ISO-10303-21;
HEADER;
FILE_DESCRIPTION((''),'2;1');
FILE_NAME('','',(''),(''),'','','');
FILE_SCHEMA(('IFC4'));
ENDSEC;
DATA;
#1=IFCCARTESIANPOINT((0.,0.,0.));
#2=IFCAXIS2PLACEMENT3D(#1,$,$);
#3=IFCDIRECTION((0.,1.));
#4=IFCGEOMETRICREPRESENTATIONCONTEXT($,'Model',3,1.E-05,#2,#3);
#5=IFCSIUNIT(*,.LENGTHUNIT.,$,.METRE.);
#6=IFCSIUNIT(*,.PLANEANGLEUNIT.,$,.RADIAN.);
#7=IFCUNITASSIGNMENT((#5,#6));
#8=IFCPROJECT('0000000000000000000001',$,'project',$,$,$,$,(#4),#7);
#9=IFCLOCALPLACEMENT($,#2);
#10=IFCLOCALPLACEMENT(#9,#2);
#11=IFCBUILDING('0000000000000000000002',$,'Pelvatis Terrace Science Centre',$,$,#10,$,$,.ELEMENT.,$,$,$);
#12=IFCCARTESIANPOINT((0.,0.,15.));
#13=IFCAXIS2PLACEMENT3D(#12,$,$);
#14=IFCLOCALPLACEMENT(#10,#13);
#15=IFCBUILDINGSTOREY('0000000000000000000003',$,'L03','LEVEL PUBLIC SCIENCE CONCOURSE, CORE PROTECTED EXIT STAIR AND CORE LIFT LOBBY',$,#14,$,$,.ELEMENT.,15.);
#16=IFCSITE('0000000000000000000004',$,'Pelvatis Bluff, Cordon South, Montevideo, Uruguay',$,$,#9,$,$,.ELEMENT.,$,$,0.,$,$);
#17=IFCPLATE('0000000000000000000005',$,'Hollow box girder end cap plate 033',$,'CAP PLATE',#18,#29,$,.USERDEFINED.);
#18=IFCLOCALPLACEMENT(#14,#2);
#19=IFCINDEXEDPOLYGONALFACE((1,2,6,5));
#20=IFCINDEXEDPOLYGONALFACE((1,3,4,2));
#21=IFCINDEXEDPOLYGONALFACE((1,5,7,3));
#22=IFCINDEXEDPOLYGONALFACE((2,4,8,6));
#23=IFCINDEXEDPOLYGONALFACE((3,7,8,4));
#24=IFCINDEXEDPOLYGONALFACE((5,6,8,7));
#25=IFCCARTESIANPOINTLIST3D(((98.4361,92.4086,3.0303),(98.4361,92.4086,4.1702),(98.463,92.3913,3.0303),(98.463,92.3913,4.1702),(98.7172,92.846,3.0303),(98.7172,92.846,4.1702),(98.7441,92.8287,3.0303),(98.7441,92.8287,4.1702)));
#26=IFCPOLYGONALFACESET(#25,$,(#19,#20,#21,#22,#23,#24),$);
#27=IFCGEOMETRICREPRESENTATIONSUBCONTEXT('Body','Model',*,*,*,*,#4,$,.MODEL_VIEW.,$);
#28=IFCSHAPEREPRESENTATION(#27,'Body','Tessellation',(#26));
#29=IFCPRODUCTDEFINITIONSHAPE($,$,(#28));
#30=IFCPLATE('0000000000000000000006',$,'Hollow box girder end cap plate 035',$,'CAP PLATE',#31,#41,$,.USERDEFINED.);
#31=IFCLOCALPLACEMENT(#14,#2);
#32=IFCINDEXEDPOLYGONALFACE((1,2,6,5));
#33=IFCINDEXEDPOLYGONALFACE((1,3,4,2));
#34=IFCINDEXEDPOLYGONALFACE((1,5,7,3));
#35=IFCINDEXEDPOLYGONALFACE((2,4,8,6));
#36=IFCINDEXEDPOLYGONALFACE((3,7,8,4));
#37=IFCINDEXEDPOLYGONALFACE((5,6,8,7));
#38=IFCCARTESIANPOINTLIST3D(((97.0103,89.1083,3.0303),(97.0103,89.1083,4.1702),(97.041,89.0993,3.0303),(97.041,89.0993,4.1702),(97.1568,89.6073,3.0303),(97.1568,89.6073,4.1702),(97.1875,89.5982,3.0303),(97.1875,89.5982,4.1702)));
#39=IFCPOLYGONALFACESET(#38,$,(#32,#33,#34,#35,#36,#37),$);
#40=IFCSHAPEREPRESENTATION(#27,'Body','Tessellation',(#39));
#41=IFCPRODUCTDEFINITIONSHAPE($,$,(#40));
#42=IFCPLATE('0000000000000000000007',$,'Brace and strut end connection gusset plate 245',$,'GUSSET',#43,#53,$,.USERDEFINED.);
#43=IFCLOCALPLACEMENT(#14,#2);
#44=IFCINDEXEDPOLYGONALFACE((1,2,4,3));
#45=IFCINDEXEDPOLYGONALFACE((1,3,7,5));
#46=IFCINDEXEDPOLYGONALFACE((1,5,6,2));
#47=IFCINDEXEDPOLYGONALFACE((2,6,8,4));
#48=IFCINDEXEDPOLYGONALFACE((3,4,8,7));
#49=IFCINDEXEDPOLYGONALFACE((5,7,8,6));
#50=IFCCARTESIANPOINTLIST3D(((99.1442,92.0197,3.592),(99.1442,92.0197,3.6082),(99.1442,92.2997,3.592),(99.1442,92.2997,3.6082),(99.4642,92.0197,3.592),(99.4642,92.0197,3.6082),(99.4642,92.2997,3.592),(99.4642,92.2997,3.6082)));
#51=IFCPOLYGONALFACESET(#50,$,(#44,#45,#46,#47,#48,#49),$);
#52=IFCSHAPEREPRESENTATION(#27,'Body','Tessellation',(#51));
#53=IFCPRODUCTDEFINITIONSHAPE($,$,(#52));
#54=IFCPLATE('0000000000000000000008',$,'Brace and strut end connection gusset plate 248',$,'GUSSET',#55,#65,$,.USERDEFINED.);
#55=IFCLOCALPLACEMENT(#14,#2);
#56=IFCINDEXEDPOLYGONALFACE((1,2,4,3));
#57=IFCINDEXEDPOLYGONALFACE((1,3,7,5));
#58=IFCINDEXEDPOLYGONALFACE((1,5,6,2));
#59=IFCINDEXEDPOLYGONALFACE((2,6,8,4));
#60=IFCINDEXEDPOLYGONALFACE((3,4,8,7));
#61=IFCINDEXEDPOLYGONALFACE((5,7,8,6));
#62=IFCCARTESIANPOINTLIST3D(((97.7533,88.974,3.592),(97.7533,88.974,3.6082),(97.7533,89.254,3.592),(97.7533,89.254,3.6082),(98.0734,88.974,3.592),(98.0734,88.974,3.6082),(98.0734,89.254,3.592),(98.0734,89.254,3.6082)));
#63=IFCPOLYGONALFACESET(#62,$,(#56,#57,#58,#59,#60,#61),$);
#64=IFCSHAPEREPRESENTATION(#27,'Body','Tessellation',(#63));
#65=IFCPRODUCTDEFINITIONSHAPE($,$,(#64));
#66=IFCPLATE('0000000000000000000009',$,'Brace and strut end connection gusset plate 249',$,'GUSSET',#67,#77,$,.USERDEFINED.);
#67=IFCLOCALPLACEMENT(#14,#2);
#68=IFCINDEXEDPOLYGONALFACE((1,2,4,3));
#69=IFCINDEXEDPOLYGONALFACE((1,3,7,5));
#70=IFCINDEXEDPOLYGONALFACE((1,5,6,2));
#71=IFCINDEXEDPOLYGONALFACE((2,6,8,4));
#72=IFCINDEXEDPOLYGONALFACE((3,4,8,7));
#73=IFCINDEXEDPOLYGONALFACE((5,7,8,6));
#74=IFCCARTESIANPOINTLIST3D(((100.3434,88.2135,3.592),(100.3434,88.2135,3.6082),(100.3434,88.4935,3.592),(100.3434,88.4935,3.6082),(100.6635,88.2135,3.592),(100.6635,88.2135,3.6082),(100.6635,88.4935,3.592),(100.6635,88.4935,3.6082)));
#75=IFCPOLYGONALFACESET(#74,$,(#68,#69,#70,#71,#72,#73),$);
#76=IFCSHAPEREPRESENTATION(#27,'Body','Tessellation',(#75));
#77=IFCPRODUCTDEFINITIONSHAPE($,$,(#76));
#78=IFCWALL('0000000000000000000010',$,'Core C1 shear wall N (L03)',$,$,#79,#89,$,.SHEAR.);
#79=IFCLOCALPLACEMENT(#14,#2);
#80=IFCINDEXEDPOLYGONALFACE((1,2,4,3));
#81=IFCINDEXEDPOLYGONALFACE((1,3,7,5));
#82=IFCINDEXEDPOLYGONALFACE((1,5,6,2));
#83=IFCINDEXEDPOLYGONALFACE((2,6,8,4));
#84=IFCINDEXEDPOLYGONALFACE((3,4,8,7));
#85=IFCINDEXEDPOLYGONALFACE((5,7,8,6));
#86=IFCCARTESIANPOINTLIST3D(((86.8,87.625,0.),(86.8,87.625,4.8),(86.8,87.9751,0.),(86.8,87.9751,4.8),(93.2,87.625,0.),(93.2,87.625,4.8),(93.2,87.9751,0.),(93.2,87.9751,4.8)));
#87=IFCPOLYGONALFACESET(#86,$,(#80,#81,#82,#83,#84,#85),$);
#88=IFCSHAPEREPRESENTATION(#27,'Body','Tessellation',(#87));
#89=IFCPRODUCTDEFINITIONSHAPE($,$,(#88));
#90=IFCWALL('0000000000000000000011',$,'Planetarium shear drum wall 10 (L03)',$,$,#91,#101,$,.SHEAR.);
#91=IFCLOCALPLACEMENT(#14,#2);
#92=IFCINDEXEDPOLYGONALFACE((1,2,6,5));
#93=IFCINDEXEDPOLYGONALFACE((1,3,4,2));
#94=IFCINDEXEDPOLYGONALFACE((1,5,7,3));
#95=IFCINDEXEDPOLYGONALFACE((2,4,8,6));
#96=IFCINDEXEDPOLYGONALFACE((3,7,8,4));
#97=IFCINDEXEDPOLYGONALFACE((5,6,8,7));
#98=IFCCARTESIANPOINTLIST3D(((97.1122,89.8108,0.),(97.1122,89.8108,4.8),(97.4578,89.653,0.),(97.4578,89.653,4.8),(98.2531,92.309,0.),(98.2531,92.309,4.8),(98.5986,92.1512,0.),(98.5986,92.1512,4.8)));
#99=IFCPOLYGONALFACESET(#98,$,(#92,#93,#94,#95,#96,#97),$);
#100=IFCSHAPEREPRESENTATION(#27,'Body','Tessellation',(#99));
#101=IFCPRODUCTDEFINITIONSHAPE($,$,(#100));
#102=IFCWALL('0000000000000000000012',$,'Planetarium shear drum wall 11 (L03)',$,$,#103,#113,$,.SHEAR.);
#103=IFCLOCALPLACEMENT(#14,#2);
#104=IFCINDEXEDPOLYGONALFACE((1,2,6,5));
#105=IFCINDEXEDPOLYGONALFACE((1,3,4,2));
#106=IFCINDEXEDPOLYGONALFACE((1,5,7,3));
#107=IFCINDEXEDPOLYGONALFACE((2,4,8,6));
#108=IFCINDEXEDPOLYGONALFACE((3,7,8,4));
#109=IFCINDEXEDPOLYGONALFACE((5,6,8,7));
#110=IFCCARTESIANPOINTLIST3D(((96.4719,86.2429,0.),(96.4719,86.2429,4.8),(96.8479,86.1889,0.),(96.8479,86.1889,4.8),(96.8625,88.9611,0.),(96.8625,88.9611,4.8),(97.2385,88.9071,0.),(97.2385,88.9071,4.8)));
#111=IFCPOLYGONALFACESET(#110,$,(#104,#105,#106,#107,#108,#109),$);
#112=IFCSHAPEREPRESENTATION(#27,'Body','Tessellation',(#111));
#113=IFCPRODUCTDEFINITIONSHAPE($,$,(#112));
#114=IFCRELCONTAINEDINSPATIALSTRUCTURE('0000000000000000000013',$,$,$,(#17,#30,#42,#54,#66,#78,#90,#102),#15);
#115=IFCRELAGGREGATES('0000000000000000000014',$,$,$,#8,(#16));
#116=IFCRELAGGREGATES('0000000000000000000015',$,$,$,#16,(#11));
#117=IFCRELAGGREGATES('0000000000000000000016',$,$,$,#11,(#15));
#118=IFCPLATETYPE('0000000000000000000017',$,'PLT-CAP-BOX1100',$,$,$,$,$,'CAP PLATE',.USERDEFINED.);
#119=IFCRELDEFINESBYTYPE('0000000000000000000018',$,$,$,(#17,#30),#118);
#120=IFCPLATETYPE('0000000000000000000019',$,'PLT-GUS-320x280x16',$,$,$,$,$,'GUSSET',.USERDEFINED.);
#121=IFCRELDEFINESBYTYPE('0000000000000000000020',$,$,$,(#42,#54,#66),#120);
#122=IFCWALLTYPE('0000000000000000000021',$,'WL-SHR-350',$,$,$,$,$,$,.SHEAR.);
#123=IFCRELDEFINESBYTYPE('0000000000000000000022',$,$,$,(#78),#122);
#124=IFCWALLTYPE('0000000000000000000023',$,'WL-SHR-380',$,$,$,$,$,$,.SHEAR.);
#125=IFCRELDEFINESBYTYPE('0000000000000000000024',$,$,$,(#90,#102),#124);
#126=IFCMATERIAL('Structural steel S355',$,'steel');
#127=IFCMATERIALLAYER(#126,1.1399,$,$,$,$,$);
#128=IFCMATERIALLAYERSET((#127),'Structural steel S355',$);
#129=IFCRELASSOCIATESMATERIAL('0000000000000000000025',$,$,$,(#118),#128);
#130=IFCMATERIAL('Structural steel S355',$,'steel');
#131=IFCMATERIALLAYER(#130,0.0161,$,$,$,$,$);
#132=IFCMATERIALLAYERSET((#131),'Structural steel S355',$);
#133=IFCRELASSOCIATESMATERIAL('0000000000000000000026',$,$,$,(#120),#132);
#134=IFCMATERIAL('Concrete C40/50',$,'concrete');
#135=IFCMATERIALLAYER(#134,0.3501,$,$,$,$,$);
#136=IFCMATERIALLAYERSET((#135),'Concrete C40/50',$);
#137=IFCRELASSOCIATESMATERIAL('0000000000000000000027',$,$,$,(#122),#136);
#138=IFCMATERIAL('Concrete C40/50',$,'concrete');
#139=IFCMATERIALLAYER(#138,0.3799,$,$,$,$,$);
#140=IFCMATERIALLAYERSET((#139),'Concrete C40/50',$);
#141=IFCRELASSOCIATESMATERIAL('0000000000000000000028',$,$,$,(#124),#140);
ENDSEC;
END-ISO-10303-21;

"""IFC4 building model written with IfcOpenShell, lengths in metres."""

from ifc_helpers import new_model, si_unit, direction, frame, frame_2d, origin, origin_2d, place, context, subcontext, project, spatial, rectangle, extrude, material, layer, layer_set, type_object, element, save


model = new_model("IFC4")

# Units and contexts
model_context = context("Model", 3, precision=1e-05, world=origin(), true_north=direction((0.0, 1.0)))
body_context = subcontext(model_context, "Body", "Model", "MODEL_VIEW")
ifc_project = project(units=[si_unit("LENGTHUNIT", "METRE"), si_unit("PLANEANGLEUNIT", "RADIAN")], contexts=[model_context])

# Site, building, storey
site_placement = place(None, origin())
site = spatial("IfcSite", under=ifc_project, at=site_placement, Name="Pelvatis Bluff, Cordon South, Montevideo, Uruguay", CompositionType="ELEMENT", RefElevation=0.0)
building_placement = place(site_placement, origin())
building = spatial("IfcBuilding", under=site, at=building_placement, Name="Pelvatis Terrace Science Centre", CompositionType="ELEMENT")
storey_placement = place(building_placement, frame((0.0, 0.0, 15.0)))
storey = spatial("IfcBuildingStorey", under=building, at=storey_placement, Name="L03", Description="LEVEL PUBLIC SCIENCE CONCOURSE, CORE PROTECTED EXIT STAIR AND CORE LIFT LOBBY", CompositionType="ELEMENT", Elevation=15.0)

# Plates
ifc_material_1 = material(Name="Structural steel S355", Category="steel")
ifc_layer_1 = layer(ifc_material_1, 1.1399)
ifc_layer_set_1 = layer_set([ifc_layer_1], Name="Structural steel S355")
plate_type_1 = type_object("IfcPlateType", Name="PLT-CAP-BOX1100", ElementType="CAP PLATE", PredefinedType="USERDEFINED", material=ifc_layer_set_1)
for number, where, z_axis, x_axis, name in (
    (1, (98.5901, 92.6187, 3.0303), (0.0, 0.0, 1.0), (0.841228, -0.540681, 0.0), "Hollow box girder end cap plate 033"),
    (2, (97.0989, 89.3533, 3.0303), (0.0, 0.0, 1.0), (0.959511, -0.281672, 0.0), "Hollow box girder end cap plate 035"),
):
    element("IfcPlate", number, at=place(storey_placement, frame(where, z_axis=z_axis, x_axis=x_axis)), inside=storey, type_object=plate_type_1, Name=name, ObjectType="CAP PLATE", PredefinedType="USERDEFINED", context=body_context, shape_type="SweptSolid", body=[
        extrude(rectangle(XDim=0.032, YDim=0.52, at=origin_2d()), origin(), (0.0, 0.0, 1.0), 1.1399),
    ])
ifc_material_2 = material(Name="Structural steel S355", Category="steel")
ifc_layer_2 = layer(ifc_material_2, 0.0161)
ifc_layer_set_2 = layer_set([ifc_layer_2], Name="Structural steel S355")
plate_type_2 = type_object("IfcPlateType", Name="PLT-GUS-320x280x16", ElementType="GUSSET", PredefinedType="USERDEFINED", material=ifc_layer_set_2)
for number, where, z_axis, x_axis, name in (
    (3, (99.3042, 92.1597, 3.592), (0.0, 0.0, 1.0), (1.0, 0.0, 0.0), "Brace and strut end connection gusset plate 245"),
    (4, (97.9133, 89.114, 3.592), (0.0, 0.0, 1.0), (1.0, 0.0, 0.0), "Brace and strut end connection gusset plate 248"),
    (5, (100.5034, 88.3535, 3.592), (0.0, 0.0, 1.0), (1.0, 0.0, 0.0), "Brace and strut end connection gusset plate 249"),
):
    element("IfcPlate", number, at=place(storey_placement, frame(where, z_axis=z_axis, x_axis=x_axis)), inside=storey, type_object=plate_type_2, Name=name, ObjectType="GUSSET", PredefinedType="USERDEFINED", context=body_context, shape_type="SweptSolid", body=[
        extrude(rectangle(XDim=0.3201, YDim=0.28, at=origin_2d()), origin(), (0.0, 0.0, 1.0), 0.0161),
    ])

# Walls
ifc_material_3 = material(Name="Concrete C40/50", Category="concrete")
ifc_layer_3 = layer(ifc_material_3, 0.3501)
ifc_layer_set_3 = layer_set([ifc_layer_3], Name="Concrete C40/50")
wall_type_1 = type_object("IfcWallType", Name="WL-SHR-350", PredefinedType="SHEAR", material=ifc_layer_set_3)
wall_1_placement = place(storey_placement, frame((86.8, 87.8, 0.0), z_axis=(0.0, 0.0, 1.0), x_axis=(1.0, 0.0, 0.0)))
element("IfcWall", 6, at=wall_1_placement, inside=storey, type_object=wall_type_1, Name="Core C1 shear wall N (L03)", PredefinedType="SHEAR", context=body_context, shape_type="SweptSolid", body=[
    extrude(rectangle(XDim=6.3999, YDim=0.3501, at=frame_2d((3.2, 0.0))), origin(), (0.0, 0.0, 1.0), 4.8),
])
ifc_material_4 = material(Name="Concrete C40/50", Category="concrete")
ifc_layer_4 = layer(ifc_material_4, 0.3799)
ifc_layer_set_4 = layer_set([ifc_layer_4], Name="Concrete C40/50")
wall_type_2 = type_object("IfcWallType", Name="WL-SHR-380", PredefinedType="SHEAR", material=ifc_layer_set_4)
wall_2_placement = place(storey_placement, frame((98.4258, 92.23, 0.0), z_axis=(0.0, 0.0, 1.0), x_axis=(-0.415396, -0.909641, 0.0)))
element("IfcWall", 7, at=wall_2_placement, inside=storey, type_object=wall_type_2, Name="Planetarium shear drum wall 10 (L03)", PredefinedType="SHEAR", context=body_context, shape_type="SweptSolid", body=[
    extrude(rectangle(XDim=2.7463, YDim=0.3799, at=frame_2d((1.373, 0.0))), origin(), (0.0, 0.0, 1.0), 4.8),
])
wall_3_placement = place(storey_placement, frame((97.0505, 88.9341, 0.0), z_axis=(0.0, 0.0, 1.0), x_axis=(-0.142243, -0.989832, 0.0)))
element("IfcWall", 8, at=wall_3_placement, inside=storey, type_object=wall_type_2, Name="Planetarium shear drum wall 11 (L03)", PredefinedType="SHEAR", context=body_context, shape_type="SweptSolid", body=[
    extrude(rectangle(XDim=2.7461, YDim=0.3799, at=frame_2d((1.373, 0.0))), origin(), (0.0, 0.0, 1.0), 4.8),
])

save(model, "model.ifc")
